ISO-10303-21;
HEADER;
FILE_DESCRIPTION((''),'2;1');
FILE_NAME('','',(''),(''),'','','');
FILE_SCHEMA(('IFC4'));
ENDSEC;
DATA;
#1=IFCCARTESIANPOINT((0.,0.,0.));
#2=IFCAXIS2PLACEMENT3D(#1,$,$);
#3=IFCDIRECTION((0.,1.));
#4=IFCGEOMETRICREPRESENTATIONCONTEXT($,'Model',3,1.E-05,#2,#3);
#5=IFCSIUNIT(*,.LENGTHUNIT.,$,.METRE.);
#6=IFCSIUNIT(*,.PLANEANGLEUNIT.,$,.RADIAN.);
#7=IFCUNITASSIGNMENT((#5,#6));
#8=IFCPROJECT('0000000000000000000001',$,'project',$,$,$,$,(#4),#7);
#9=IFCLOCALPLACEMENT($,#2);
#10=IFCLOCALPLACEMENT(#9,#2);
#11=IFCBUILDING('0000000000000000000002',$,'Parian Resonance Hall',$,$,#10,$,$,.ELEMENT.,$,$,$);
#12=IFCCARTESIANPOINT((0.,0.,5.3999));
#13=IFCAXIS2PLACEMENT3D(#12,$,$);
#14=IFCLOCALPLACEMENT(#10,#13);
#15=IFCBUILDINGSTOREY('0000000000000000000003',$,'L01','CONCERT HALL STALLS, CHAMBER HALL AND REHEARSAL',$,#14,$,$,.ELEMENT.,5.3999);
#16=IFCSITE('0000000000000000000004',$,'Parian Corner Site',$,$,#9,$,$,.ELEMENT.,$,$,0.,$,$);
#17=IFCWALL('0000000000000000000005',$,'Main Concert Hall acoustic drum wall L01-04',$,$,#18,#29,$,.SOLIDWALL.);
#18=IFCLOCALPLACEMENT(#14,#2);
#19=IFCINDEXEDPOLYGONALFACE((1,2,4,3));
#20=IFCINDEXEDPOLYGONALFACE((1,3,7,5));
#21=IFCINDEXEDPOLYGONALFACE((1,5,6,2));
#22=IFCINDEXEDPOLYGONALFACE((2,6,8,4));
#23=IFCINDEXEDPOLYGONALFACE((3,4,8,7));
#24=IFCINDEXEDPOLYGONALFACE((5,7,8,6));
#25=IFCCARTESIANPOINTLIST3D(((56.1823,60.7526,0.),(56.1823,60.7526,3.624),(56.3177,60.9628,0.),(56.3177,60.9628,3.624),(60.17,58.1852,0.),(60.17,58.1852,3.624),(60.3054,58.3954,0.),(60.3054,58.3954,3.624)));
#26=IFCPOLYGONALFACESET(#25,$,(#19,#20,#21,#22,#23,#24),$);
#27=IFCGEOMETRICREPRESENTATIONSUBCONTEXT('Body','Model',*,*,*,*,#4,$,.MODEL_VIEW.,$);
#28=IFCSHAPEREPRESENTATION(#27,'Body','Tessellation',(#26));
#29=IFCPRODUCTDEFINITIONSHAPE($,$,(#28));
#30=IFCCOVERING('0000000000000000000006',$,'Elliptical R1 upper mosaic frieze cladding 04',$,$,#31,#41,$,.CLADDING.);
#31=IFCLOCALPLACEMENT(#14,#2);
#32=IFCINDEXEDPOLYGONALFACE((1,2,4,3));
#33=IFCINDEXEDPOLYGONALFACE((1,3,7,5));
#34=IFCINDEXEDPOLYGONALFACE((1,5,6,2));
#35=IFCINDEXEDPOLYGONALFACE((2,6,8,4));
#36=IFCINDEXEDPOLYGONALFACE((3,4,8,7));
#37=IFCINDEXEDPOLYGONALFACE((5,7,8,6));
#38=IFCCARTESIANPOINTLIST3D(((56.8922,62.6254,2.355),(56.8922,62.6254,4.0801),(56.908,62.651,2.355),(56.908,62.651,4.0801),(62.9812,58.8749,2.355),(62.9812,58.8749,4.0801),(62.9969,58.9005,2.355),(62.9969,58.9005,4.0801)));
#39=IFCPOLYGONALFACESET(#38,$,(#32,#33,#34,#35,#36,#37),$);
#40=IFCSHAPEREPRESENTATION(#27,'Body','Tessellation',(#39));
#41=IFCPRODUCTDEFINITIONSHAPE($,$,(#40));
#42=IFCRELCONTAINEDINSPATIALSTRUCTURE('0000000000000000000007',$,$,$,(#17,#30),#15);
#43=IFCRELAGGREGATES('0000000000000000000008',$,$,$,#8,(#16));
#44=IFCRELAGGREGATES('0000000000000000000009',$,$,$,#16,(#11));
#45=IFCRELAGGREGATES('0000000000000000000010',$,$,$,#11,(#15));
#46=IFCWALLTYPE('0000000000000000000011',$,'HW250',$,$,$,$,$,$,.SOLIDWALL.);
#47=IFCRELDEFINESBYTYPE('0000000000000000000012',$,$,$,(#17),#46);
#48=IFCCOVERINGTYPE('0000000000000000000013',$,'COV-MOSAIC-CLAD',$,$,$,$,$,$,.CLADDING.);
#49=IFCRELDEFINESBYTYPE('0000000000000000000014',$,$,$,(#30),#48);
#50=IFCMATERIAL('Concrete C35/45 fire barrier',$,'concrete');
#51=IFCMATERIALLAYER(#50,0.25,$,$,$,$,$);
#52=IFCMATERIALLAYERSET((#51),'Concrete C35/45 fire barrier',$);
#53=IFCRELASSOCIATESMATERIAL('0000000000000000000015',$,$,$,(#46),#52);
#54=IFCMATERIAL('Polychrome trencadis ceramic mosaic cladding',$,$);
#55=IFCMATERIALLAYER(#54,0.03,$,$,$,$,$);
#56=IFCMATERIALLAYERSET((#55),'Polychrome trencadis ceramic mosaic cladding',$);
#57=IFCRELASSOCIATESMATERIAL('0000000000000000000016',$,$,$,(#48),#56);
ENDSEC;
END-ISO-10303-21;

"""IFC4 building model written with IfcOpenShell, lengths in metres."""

from ifc_helpers import new_model, si_unit, direction, frame, frame_2d, origin, origin_2d, place, context, subcontext, project, spatial, rectangle, extrude, material, layer, layer_set, type_object, element, save


model = new_model("IFC4")

# Units and contexts
model_context = context("Model", 3, precision=1e-05, world=origin(), true_north=direction((0.0, 1.0)))
body_context = subcontext(model_context, "Body", "Model", "MODEL_VIEW")
ifc_project = project(units=[si_unit("LENGTHUNIT", "METRE"), si_unit("PLANEANGLEUNIT", "RADIAN")], contexts=[model_context])

# Site, building, storey
site_placement = place(None, origin())
site = spatial("IfcSite", under=ifc_project, at=site_placement, Name="Parian Corner Site", CompositionType="ELEMENT", RefElevation=0.0)
building_placement = place(site_placement, origin())
building = spatial("IfcBuilding", under=site, at=building_placement, Name="Parian Resonance Hall", CompositionType="ELEMENT")
storey_placement = place(building_placement, frame((0.0, 0.0, 5.3999)))
storey = spatial("IfcBuildingStorey", under=building, at=storey_placement, Name="L01", Description="CONCERT HALL STALLS, CHAMBER HALL AND REHEARSAL", CompositionType="ELEMENT", Elevation=5.3999)

# Wall
ifc_material_1 = material(Name="Concrete C35/45 fire barrier", Category="concrete")
ifc_layer_1 = layer(ifc_material_1, 0.25)
ifc_layer_set_1 = layer_set([ifc_layer_1], Name="Concrete C35/45 fire barrier")
wall_type_1 = type_object("IfcWallType", Name="HW250", PredefinedType="SOLIDWALL", material=ifc_layer_set_1)
wall_1_placement = place(storey_placement, frame((56.25, 60.8577, 0.0), z_axis=(0.0, 0.0, 1.0), x_axis=(0.840814, -0.541325, 0.0)))
element("IfcWall", 1, at=wall_1_placement, inside=storey, type_object=wall_type_1, Name="Main Concert Hall acoustic drum wall L01-04", PredefinedType="SOLIDWALL", context=body_context, shape_type="SweptSolid", body=[
    extrude(rectangle(XDim=4.7427, YDim=0.25, at=frame_2d((2.3713, 0.0))), origin(), (0.0, 0.0, 1.0), 3.624),
])

# Covering
ifc_material_2 = material(Name="Polychrome trencadis ceramic mosaic cladding")
ifc_layer_2 = layer(ifc_material_2, 0.03)
ifc_layer_set_2 = layer_set([ifc_layer_2], Name="Polychrome trencadis ceramic mosaic cladding")
covering_type = type_object("IfcCoveringType", Name="COV-MOSAIC-CLAD", PredefinedType="CLADDING", material=ifc_layer_set_2)
covering_placement = place(storey_placement, frame((59.9446, 60.7629, 2.355), z_axis=(0.0, 0.0, 1.0), x_axis=(0.851441, -0.524451, 0.0)))
element("IfcCovering", 2, at=covering_placement, inside=storey, type_object=covering_type, Name="Elliptical R1 upper mosaic frieze cladding 04", PredefinedType="CLADDING", context=body_context, shape_type="SweptSolid", body=[
    extrude(rectangle(XDim=7.1514, YDim=0.03, at=origin_2d()), origin(), (0.0, 0.0, 1.0), 1.7251),
])

save(model, "model.ifc")
